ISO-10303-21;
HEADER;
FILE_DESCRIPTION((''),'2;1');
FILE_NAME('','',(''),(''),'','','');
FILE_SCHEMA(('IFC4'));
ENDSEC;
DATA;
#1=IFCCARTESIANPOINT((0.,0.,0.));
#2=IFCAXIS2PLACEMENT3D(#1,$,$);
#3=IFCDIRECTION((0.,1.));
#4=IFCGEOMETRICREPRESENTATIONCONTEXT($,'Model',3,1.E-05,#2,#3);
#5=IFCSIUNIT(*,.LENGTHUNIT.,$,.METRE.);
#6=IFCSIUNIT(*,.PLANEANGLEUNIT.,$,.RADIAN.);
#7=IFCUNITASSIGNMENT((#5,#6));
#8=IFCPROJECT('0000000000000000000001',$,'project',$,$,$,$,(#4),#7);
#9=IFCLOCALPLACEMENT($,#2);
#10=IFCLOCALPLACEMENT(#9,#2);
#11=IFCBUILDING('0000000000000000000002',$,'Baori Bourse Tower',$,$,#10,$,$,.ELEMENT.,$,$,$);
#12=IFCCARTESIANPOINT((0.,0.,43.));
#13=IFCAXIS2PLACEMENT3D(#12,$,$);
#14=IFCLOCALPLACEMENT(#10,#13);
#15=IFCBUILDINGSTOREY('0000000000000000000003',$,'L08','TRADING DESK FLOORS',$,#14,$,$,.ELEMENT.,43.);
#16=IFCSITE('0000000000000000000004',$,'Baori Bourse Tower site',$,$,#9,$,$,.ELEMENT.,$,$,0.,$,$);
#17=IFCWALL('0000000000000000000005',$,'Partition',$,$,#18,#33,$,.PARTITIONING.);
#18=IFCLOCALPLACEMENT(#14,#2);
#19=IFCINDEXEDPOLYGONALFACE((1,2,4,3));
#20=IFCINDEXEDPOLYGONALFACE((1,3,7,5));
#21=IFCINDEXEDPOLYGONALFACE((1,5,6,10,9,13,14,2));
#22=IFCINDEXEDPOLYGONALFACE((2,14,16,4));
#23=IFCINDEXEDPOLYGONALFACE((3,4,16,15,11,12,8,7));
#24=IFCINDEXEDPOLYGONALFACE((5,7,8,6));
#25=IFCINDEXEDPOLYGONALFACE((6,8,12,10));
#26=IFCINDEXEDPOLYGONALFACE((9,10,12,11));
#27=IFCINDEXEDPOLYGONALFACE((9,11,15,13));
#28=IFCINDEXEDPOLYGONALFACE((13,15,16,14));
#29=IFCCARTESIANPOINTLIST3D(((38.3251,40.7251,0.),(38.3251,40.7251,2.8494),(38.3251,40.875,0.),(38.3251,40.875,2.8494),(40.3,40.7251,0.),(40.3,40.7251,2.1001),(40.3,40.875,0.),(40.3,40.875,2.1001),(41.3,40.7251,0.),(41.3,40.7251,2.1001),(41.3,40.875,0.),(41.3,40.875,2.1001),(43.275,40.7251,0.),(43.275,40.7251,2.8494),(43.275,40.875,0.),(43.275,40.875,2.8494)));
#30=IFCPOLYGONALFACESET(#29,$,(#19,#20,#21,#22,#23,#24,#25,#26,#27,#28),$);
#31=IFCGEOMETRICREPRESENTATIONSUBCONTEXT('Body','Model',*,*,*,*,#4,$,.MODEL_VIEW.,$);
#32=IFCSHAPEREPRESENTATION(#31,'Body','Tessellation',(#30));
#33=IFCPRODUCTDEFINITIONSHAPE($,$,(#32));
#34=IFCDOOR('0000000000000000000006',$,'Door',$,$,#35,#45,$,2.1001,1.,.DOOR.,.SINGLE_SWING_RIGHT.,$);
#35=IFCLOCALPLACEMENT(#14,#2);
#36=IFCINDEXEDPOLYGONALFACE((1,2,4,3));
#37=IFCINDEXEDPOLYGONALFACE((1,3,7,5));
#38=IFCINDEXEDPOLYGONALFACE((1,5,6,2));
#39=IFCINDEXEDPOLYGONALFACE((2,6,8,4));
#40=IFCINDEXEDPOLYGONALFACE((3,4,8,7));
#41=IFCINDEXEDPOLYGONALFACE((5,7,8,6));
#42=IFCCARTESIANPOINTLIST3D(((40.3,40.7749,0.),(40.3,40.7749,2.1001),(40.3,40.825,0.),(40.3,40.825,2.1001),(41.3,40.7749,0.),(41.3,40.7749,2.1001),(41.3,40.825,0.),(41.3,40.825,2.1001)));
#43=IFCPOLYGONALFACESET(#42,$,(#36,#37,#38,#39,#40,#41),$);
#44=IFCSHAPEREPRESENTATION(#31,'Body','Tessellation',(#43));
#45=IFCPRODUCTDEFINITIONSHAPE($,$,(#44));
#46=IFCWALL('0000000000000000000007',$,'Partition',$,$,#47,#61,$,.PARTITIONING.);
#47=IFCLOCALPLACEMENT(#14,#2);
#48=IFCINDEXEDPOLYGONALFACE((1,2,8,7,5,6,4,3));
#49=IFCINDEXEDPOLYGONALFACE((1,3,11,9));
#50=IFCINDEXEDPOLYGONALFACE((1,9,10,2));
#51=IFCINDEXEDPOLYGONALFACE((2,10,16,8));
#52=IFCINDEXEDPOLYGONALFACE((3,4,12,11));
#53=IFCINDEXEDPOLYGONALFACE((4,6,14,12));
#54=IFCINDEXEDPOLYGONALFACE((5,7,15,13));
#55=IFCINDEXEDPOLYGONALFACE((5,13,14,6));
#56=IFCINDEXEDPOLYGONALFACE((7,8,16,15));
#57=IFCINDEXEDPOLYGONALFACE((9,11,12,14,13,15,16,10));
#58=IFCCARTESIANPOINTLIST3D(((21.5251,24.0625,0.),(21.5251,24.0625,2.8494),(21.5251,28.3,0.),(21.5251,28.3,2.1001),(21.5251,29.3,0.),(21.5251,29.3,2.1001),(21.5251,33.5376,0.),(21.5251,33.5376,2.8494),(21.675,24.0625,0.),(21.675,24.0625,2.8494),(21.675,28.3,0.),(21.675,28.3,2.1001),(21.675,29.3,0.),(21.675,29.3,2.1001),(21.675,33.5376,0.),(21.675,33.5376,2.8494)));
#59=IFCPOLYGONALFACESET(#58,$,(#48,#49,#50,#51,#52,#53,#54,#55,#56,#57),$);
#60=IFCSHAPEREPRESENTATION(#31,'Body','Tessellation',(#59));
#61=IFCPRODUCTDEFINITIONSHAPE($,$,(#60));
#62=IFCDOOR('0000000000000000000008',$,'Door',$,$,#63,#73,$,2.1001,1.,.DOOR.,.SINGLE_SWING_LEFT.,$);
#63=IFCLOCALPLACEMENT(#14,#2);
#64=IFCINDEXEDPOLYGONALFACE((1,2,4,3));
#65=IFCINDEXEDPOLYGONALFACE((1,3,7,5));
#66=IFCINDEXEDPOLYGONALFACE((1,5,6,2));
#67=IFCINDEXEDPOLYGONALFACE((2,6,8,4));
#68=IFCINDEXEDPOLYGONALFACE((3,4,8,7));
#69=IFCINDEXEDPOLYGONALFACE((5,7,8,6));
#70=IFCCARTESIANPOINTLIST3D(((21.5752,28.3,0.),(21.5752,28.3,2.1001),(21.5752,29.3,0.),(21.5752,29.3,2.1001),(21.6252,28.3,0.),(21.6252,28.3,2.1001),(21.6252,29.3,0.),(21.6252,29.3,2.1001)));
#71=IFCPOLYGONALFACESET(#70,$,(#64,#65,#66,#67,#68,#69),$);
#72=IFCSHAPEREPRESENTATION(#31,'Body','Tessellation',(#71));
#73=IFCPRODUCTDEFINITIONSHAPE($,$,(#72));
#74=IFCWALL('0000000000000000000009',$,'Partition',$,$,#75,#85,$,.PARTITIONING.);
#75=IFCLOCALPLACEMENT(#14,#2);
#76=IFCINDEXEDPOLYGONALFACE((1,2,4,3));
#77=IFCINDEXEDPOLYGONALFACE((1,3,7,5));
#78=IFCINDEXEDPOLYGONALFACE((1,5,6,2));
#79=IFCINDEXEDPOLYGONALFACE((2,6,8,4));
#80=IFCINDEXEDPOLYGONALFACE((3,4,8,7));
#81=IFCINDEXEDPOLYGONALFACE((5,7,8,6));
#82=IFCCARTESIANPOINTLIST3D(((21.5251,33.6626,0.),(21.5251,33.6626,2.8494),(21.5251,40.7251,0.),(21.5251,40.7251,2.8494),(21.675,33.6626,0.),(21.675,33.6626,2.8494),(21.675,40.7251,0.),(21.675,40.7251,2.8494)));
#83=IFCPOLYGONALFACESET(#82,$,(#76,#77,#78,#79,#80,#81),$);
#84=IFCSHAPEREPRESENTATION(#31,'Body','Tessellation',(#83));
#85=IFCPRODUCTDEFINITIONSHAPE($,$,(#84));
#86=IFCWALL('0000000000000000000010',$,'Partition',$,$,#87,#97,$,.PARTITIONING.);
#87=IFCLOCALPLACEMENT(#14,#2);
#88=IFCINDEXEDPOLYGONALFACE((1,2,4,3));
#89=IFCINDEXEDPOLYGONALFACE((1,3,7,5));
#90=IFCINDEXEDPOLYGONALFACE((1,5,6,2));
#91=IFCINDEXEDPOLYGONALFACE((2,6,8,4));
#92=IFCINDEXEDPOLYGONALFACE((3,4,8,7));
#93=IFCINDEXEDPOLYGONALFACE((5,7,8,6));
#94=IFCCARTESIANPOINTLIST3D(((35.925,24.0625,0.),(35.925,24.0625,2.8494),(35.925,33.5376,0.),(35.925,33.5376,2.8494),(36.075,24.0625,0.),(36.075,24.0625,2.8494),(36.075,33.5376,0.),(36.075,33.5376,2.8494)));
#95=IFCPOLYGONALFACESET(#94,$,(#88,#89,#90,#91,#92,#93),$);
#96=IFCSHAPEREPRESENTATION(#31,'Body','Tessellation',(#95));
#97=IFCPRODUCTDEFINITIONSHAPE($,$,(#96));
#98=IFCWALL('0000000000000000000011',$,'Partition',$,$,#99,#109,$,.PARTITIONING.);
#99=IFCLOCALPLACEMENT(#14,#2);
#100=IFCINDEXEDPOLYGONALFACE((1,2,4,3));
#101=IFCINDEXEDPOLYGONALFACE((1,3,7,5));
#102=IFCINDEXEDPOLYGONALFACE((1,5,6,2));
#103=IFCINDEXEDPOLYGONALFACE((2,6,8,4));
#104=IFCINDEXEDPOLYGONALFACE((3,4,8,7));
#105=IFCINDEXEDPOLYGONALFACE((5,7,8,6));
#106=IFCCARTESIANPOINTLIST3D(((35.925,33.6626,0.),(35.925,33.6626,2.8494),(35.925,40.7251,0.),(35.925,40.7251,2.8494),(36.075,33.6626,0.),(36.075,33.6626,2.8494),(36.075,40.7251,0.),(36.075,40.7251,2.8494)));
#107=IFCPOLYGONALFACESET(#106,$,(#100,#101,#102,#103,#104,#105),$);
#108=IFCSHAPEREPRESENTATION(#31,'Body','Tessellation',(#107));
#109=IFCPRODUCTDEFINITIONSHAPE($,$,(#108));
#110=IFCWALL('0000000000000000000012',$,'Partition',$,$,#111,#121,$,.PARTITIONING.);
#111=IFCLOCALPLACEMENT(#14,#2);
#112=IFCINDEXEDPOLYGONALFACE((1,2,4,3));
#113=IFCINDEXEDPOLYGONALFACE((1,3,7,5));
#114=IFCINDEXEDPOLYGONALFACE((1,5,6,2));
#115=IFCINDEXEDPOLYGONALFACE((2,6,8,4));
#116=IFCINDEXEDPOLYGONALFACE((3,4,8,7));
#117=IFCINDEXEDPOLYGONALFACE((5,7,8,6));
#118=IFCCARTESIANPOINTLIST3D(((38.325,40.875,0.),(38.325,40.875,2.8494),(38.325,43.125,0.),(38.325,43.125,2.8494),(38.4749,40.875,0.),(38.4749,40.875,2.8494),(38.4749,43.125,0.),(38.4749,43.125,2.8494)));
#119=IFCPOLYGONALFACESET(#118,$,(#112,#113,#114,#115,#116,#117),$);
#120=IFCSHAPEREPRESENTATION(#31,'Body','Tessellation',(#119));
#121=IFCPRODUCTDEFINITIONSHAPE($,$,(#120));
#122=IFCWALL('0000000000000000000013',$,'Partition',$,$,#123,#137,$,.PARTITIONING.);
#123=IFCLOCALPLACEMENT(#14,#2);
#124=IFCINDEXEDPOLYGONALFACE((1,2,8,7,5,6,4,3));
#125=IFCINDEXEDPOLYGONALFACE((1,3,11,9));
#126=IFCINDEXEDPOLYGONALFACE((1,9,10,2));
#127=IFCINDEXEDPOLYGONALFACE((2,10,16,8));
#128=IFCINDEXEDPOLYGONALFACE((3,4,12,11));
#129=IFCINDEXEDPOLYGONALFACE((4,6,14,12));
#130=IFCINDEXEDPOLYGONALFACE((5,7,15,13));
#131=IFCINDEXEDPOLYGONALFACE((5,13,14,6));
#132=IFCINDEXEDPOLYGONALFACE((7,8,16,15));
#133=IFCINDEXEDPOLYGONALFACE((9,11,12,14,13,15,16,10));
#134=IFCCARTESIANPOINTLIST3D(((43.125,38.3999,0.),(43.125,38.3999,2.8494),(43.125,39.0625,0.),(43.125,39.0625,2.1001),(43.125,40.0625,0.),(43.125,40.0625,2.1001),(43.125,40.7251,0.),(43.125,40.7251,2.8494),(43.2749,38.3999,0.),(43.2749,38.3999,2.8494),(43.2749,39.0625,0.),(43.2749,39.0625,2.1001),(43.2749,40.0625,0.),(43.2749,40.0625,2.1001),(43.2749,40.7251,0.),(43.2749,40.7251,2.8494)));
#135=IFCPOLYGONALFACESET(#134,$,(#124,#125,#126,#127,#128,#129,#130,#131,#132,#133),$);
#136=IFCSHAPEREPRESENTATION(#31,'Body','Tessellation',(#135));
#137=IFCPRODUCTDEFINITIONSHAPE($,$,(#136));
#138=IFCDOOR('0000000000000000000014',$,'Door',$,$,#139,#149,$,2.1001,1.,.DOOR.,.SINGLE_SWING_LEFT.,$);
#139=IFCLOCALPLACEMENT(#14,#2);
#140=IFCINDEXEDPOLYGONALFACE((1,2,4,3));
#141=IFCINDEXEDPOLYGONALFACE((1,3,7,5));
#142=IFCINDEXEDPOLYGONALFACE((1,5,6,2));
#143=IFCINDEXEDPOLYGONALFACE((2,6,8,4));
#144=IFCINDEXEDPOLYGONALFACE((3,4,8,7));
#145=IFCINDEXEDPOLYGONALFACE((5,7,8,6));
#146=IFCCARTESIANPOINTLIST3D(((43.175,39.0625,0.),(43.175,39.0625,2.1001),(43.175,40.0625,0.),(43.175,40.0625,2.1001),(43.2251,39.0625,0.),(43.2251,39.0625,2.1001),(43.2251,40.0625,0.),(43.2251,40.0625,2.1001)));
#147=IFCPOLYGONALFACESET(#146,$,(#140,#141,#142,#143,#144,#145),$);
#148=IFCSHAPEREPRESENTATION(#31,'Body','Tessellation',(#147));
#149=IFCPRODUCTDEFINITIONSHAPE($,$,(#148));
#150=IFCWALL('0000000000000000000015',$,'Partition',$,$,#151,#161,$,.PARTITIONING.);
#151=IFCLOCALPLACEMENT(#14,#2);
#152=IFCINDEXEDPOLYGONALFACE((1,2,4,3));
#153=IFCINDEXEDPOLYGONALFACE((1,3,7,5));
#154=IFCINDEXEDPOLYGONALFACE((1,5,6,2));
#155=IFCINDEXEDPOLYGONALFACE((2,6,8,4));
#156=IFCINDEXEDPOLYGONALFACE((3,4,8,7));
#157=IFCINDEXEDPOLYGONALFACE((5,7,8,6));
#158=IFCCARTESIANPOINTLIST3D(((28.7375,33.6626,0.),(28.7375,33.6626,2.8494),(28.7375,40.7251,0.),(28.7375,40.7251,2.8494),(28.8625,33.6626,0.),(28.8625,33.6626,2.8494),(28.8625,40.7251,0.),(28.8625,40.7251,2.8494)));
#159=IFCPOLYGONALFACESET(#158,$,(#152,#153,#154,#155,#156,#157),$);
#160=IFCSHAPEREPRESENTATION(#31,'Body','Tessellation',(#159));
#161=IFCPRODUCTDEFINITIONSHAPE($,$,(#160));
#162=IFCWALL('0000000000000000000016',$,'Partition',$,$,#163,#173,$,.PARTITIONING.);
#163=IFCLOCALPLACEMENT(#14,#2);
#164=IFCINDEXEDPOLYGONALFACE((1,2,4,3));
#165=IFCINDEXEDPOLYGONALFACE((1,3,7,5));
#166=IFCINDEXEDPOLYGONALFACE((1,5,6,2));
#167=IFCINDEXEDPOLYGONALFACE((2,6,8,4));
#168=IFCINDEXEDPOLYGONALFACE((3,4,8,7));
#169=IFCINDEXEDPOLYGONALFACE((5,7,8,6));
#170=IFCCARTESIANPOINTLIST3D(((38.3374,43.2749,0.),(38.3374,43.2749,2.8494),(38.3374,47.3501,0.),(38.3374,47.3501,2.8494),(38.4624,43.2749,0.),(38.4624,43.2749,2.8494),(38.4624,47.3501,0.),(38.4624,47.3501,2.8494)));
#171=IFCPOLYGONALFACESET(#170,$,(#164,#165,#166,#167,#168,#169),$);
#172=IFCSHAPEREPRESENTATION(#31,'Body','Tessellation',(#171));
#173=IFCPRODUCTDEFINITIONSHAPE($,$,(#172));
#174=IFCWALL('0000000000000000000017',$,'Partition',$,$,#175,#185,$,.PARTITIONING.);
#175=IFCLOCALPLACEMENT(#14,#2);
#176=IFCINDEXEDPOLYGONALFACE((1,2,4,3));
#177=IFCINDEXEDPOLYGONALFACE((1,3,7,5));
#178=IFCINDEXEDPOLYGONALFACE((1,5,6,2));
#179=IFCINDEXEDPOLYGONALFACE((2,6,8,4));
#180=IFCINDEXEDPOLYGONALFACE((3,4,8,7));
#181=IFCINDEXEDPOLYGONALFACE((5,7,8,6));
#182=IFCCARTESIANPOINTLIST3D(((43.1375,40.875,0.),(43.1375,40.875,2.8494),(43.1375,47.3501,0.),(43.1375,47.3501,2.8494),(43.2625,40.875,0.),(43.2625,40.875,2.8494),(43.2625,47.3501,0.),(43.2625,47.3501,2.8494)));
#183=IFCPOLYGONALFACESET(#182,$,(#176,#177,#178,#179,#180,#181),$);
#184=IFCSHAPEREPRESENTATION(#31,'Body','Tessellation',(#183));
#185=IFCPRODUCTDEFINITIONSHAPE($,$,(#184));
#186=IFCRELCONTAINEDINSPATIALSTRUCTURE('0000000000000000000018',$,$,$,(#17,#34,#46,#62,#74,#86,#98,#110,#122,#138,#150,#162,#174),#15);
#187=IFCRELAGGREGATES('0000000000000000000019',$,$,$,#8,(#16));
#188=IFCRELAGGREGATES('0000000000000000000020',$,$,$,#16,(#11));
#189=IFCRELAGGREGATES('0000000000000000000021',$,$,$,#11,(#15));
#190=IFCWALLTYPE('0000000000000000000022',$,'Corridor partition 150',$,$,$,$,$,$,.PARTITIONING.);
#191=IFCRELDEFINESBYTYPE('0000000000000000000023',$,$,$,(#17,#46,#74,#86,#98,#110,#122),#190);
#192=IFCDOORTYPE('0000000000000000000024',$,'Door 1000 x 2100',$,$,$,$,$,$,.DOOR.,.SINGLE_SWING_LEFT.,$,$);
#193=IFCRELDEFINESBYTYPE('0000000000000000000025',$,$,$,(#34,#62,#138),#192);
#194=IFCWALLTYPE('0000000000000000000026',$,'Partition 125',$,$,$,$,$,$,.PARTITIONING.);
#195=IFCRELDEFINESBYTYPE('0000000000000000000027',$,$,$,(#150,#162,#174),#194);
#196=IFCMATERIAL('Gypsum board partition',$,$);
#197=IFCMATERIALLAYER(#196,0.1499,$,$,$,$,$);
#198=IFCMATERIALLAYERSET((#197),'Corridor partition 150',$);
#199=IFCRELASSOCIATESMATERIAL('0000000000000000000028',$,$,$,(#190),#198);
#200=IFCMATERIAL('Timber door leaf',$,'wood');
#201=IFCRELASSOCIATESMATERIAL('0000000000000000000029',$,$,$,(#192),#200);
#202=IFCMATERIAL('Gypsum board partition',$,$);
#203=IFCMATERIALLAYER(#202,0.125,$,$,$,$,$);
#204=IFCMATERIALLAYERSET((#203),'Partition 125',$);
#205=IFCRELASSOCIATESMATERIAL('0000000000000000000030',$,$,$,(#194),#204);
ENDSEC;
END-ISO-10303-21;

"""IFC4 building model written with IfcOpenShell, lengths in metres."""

from ifc_helpers import new_model, si_unit, direction, frame, frame_2d, origin, place, context, subcontext, project, spatial, rectangle, extrude, material, layer, layer_set, type_object, element, fill, save


model = new_model("IFC4")

# Units and contexts
model_context = context("Model", 3, precision=1e-05, world=origin(), true_north=direction((0.0, 1.0)))
body_context = subcontext(model_context, "Body", "Model", "MODEL_VIEW")
ifc_project = project(units=[si_unit("LENGTHUNIT", "METRE"), si_unit("PLANEANGLEUNIT", "RADIAN")], contexts=[model_context])

# Site, building, storey
site_placement = place(None, origin())
site = spatial("IfcSite", under=ifc_project, at=site_placement, Name="Baori Bourse Tower site", CompositionType="ELEMENT", RefElevation=0.0)
building_placement = place(site_placement, origin())
building = spatial("IfcBuilding", under=site, at=building_placement, Name="Baori Bourse Tower", CompositionType="ELEMENT")
storey_placement = place(building_placement, frame((0.0, 0.0, 43.0)))
storey = spatial("IfcBuildingStorey", under=building, at=storey_placement, Name="L08", Description="TRADING DESK FLOORS", CompositionType="ELEMENT", Elevation=43.0)

# Shared definitions
ifc_material_1 = material(Name="Gypsum board partition")
ifc_layer_1 = layer(ifc_material_1, 0.1499)
ifc_layer_set_1 = layer_set([ifc_layer_1], Name="Corridor partition 150")
wall_type_1 = type_object("IfcWallType", Name="Corridor partition 150", PredefinedType="PARTITIONING", material=ifc_layer_set_1)
ifc_material_2 = material(Name="Timber door leaf", Category="wood")
door_type_1 = type_object("IfcDoorType", Name="Door 1000 x 2100", OperationType="SINGLE_SWING_LEFT", PredefinedType="DOOR", material=ifc_material_2)

# Walls, openings, doors
wall_1_placement = place(storey_placement, frame((38.325, 40.8, 0.0), z_axis=(0.0, 0.0, 1.0), x_axis=(1.0, 0.0, 0.0)))
wall_1 = element("IfcWall", 1, at=wall_1_placement, inside=storey, type_object=wall_type_1, Name="Partition", PredefinedType="PARTITIONING", context=body_context, shape_type="SweptSolid", body=[
    extrude(rectangle(XDim=4.95, YDim=0.1499, at=frame_2d((2.4751, 0.0))), origin(), (0.0, 0.0, 1.0), 2.8494),
])
opening_1_placement = place(wall_1_placement, frame((1.9751, 0.0, 0.0)))
opening_1 = element("IfcOpeningElement", 2, at=opening_1_placement, cuts=wall_1, PredefinedType="OPENING", context=body_context, shape_type="SweptSolid", body=[
    extrude(rectangle(XDim=1.0, YDim=2.1001, at=frame_2d((0.5, 1.05))), frame((0.0, 0.085, 0.0), z_axis=(0.0, -1.0, 0.0), x_axis=(1.0, 0.0, 0.0)), (0.0, 0.0, 1.0), 0.1699),
])
door_1_placement = place(opening_1_placement, origin())
door_1 = element("IfcDoor", 3, at=door_1_placement, inside=storey, type_object=door_type_1, Name="Door", OperationType="SINGLE_SWING_RIGHT", OverallHeight=2.1001, OverallWidth=1.0, PredefinedType="DOOR", context=body_context, shape_type="SweptSolid", body=[
    extrude(rectangle(XDim=1.0, YDim=2.1001, at=frame_2d((0.5, 1.05))), frame((0.0, 0.0249, 0.0), z_axis=(0.0, -1.0, 0.0), x_axis=(1.0, 0.0, 0.0)), (0.0, 0.0, 1.0), 0.05),
])
fill(opening_1, door_1)
wall_2_placement = place(storey_placement, frame((21.6001, 24.0625, 0.0), z_axis=(0.0, 0.0, 1.0), x_axis=(0.0, 1.0, 0.0)))
wall_2 = element("IfcWall", 4, at=wall_2_placement, inside=storey, type_object=wall_type_1, Name="Partition", PredefinedType="PARTITIONING", context=body_context, shape_type="SweptSolid", body=[
    extrude(rectangle(XDim=9.4751, YDim=0.1499, at=frame_2d((4.7375, 0.0))), origin(), (0.0, 0.0, 1.0), 2.8494),
])
opening_2_placement = place(wall_2_placement, frame((4.2375, 0.0, 0.0)))
opening_2 = element("IfcOpeningElement", 5, at=opening_2_placement, cuts=wall_2, PredefinedType="OPENING", context=body_context, shape_type="SweptSolid", body=[
    extrude(rectangle(XDim=1.0, YDim=2.1001, at=frame_2d((0.5, 1.05))), frame((0.0, 0.085, 0.0), z_axis=(0.0, -1.0, 0.0), x_axis=(1.0, 0.0, 0.0)), (0.0, 0.0, 1.0), 0.1699),
])
door_2_placement = place(opening_2_placement, origin())
door_2 = element("IfcDoor", 6, at=door_2_placement, inside=storey, type_object=door_type_1, Name="Door", OperationType="SINGLE_SWING_LEFT", OverallHeight=2.1001, OverallWidth=1.0, PredefinedType="DOOR", context=body_context, shape_type="SweptSolid", body=[
    extrude(rectangle(XDim=1.0, YDim=2.1001, at=frame_2d((0.5, 1.05))), frame((0.0, 0.0249, 0.0), z_axis=(0.0, -1.0, 0.0), x_axis=(1.0, 0.0, 0.0)), (0.0, 0.0, 1.0), 0.05),
])
fill(opening_2, door_2)

# Walls
wall_3_placement = place(storey_placement, frame((21.6001, 33.6626, 0.0), z_axis=(0.0, 0.0, 1.0), x_axis=(0.0, 1.0, 0.0)))
element("IfcWall", 7, at=wall_3_placement, inside=storey, type_object=wall_type_1, Name="Partition", PredefinedType="PARTITIONING", context=body_context, shape_type="SweptSolid", body=[
    extrude(rectangle(XDim=7.0625, YDim=0.1499, at=frame_2d((3.5312, 0.0))), origin(), (0.0, 0.0, 1.0), 2.8494),
])
wall_4_placement = place(storey_placement, frame((36.0, 24.0625, 0.0), z_axis=(0.0, 0.0, 1.0), x_axis=(0.0, 1.0, 0.0)))
element("IfcWall", 8, at=wall_4_placement, inside=storey, type_object=wall_type_1, Name="Partition", PredefinedType="PARTITIONING", context=body_context, shape_type="SweptSolid", body=[
    extrude(rectangle(XDim=9.4751, YDim=0.1499, at=frame_2d((4.7375, 0.0))), origin(), (0.0, 0.0, 1.0), 2.8494),
])
wall_5_placement = place(storey_placement, frame((36.0, 33.6626, 0.0), z_axis=(0.0, 0.0, 1.0), x_axis=(0.0, 1.0, 0.0)))
element("IfcWall", 9, at=wall_5_placement, inside=storey, type_object=wall_type_1, Name="Partition", PredefinedType="PARTITIONING", context=body_context, shape_type="SweptSolid", body=[
    extrude(rectangle(XDim=7.0625, YDim=0.1499, at=frame_2d((3.5312, 0.0))), origin(), (0.0, 0.0, 1.0), 2.8494),
])
wall_6_placement = place(storey_placement, frame((38.3999, 40.875, 0.0), z_axis=(0.0, 0.0, 1.0), x_axis=(0.0, 1.0, 0.0)))
element("IfcWall", 10, at=wall_6_placement, inside=storey, type_object=wall_type_1, Name="Partition", PredefinedType="PARTITIONING", context=body_context, shape_type="SweptSolid", body=[
    extrude(rectangle(XDim=2.25, YDim=0.1499, at=frame_2d((1.125, 0.0))), origin(), (0.0, 0.0, 1.0), 2.8494),
])

# Wall, opening, door
wall_7_placement = place(storey_placement, frame((43.2, 38.3999, 0.0), z_axis=(0.0, 0.0, 1.0), x_axis=(0.0, 1.0, 0.0)))
wall_7 = element("IfcWall", 11, at=wall_7_placement, inside=storey, type_object=wall_type_1, Name="Partition", PredefinedType="PARTITIONING", context=body_context, shape_type="SweptSolid", body=[
    extrude(rectangle(XDim=2.3252, YDim=0.1499, at=frame_2d((1.1626, 0.0))), origin(), (0.0, 0.0, 1.0), 2.8494),
])
opening_3_placement = place(wall_7_placement, frame((0.6626, 0.0, 0.0)))
opening_3 = element("IfcOpeningElement", 12, at=opening_3_placement, cuts=wall_7, PredefinedType="OPENING", context=body_context, shape_type="SweptSolid", body=[
    extrude(rectangle(XDim=1.0, YDim=2.1001, at=frame_2d((0.5, 1.05))), frame((0.0, 0.085, 0.0), z_axis=(0.0, -1.0, 0.0), x_axis=(1.0, 0.0, 0.0)), (0.0, 0.0, 1.0), 0.1699),
])
door_3_placement = place(opening_3_placement, origin())
door_3 = element("IfcDoor", 13, at=door_3_placement, inside=storey, type_object=door_type_1, Name="Door", OperationType="SINGLE_SWING_LEFT", OverallHeight=2.1001, OverallWidth=1.0, PredefinedType="DOOR", context=body_context, shape_type="SweptSolid", body=[
    extrude(rectangle(XDim=1.0, YDim=2.1001, at=frame_2d((0.5, 1.05))), frame((0.0, 0.0249, 0.0), z_axis=(0.0, -1.0, 0.0), x_axis=(1.0, 0.0, 0.0)), (0.0, 0.0, 1.0), 0.05),
])
fill(opening_3, door_3)

# Walls
ifc_material_3 = material(Name="Gypsum board partition")
ifc_layer_2 = layer(ifc_material_3, 0.125)
ifc_layer_set_2 = layer_set([ifc_layer_2], Name="Partition 125")
wall_type_2 = type_object("IfcWallType", Name="Partition 125", PredefinedType="PARTITIONING", material=ifc_layer_set_2)
wall_8_placement = place(storey_placement, frame((28.8, 33.6626, 0.0), z_axis=(0.0, 0.0, 1.0), x_axis=(0.0, 1.0, 0.0)))
element("IfcWall", 14, at=wall_8_placement, inside=storey, type_object=wall_type_2, Name="Partition", PredefinedType="PARTITIONING", context=body_context, shape_type="SweptSolid", body=[
    extrude(rectangle(XDim=7.0625, YDim=0.125, at=frame_2d((3.5312, 0.0))), origin(), (0.0, 0.0, 1.0), 2.8494),
])
wall_9_placement = place(storey_placement, frame((38.3999, 43.2749, 0.0), z_axis=(0.0, 0.0, 1.0), x_axis=(0.0, 1.0, 0.0)))
element("IfcWall", 15, at=wall_9_placement, inside=storey, type_object=wall_type_2, Name="Partition", PredefinedType="PARTITIONING", context=body_context, shape_type="SweptSolid", body=[
    extrude(rectangle(XDim=4.0752, YDim=0.125, at=frame_2d((2.0376, 0.0))), origin(), (0.0, 0.0, 1.0), 2.8494),
])
wall_10_placement = place(storey_placement, frame((43.2, 40.875, 0.0), z_axis=(0.0, 0.0, 1.0), x_axis=(0.0, 1.0, 0.0)))
element("IfcWall", 16, at=wall_10_placement, inside=storey, type_object=wall_type_2, Name="Partition", PredefinedType="PARTITIONING", context=body_context, shape_type="SweptSolid", body=[
    extrude(rectangle(XDim=6.4751, YDim=0.125, at=frame_2d((3.2375, 0.0))), origin(), (0.0, 0.0, 1.0), 2.8494),
])

save(model, "model.ifc")
